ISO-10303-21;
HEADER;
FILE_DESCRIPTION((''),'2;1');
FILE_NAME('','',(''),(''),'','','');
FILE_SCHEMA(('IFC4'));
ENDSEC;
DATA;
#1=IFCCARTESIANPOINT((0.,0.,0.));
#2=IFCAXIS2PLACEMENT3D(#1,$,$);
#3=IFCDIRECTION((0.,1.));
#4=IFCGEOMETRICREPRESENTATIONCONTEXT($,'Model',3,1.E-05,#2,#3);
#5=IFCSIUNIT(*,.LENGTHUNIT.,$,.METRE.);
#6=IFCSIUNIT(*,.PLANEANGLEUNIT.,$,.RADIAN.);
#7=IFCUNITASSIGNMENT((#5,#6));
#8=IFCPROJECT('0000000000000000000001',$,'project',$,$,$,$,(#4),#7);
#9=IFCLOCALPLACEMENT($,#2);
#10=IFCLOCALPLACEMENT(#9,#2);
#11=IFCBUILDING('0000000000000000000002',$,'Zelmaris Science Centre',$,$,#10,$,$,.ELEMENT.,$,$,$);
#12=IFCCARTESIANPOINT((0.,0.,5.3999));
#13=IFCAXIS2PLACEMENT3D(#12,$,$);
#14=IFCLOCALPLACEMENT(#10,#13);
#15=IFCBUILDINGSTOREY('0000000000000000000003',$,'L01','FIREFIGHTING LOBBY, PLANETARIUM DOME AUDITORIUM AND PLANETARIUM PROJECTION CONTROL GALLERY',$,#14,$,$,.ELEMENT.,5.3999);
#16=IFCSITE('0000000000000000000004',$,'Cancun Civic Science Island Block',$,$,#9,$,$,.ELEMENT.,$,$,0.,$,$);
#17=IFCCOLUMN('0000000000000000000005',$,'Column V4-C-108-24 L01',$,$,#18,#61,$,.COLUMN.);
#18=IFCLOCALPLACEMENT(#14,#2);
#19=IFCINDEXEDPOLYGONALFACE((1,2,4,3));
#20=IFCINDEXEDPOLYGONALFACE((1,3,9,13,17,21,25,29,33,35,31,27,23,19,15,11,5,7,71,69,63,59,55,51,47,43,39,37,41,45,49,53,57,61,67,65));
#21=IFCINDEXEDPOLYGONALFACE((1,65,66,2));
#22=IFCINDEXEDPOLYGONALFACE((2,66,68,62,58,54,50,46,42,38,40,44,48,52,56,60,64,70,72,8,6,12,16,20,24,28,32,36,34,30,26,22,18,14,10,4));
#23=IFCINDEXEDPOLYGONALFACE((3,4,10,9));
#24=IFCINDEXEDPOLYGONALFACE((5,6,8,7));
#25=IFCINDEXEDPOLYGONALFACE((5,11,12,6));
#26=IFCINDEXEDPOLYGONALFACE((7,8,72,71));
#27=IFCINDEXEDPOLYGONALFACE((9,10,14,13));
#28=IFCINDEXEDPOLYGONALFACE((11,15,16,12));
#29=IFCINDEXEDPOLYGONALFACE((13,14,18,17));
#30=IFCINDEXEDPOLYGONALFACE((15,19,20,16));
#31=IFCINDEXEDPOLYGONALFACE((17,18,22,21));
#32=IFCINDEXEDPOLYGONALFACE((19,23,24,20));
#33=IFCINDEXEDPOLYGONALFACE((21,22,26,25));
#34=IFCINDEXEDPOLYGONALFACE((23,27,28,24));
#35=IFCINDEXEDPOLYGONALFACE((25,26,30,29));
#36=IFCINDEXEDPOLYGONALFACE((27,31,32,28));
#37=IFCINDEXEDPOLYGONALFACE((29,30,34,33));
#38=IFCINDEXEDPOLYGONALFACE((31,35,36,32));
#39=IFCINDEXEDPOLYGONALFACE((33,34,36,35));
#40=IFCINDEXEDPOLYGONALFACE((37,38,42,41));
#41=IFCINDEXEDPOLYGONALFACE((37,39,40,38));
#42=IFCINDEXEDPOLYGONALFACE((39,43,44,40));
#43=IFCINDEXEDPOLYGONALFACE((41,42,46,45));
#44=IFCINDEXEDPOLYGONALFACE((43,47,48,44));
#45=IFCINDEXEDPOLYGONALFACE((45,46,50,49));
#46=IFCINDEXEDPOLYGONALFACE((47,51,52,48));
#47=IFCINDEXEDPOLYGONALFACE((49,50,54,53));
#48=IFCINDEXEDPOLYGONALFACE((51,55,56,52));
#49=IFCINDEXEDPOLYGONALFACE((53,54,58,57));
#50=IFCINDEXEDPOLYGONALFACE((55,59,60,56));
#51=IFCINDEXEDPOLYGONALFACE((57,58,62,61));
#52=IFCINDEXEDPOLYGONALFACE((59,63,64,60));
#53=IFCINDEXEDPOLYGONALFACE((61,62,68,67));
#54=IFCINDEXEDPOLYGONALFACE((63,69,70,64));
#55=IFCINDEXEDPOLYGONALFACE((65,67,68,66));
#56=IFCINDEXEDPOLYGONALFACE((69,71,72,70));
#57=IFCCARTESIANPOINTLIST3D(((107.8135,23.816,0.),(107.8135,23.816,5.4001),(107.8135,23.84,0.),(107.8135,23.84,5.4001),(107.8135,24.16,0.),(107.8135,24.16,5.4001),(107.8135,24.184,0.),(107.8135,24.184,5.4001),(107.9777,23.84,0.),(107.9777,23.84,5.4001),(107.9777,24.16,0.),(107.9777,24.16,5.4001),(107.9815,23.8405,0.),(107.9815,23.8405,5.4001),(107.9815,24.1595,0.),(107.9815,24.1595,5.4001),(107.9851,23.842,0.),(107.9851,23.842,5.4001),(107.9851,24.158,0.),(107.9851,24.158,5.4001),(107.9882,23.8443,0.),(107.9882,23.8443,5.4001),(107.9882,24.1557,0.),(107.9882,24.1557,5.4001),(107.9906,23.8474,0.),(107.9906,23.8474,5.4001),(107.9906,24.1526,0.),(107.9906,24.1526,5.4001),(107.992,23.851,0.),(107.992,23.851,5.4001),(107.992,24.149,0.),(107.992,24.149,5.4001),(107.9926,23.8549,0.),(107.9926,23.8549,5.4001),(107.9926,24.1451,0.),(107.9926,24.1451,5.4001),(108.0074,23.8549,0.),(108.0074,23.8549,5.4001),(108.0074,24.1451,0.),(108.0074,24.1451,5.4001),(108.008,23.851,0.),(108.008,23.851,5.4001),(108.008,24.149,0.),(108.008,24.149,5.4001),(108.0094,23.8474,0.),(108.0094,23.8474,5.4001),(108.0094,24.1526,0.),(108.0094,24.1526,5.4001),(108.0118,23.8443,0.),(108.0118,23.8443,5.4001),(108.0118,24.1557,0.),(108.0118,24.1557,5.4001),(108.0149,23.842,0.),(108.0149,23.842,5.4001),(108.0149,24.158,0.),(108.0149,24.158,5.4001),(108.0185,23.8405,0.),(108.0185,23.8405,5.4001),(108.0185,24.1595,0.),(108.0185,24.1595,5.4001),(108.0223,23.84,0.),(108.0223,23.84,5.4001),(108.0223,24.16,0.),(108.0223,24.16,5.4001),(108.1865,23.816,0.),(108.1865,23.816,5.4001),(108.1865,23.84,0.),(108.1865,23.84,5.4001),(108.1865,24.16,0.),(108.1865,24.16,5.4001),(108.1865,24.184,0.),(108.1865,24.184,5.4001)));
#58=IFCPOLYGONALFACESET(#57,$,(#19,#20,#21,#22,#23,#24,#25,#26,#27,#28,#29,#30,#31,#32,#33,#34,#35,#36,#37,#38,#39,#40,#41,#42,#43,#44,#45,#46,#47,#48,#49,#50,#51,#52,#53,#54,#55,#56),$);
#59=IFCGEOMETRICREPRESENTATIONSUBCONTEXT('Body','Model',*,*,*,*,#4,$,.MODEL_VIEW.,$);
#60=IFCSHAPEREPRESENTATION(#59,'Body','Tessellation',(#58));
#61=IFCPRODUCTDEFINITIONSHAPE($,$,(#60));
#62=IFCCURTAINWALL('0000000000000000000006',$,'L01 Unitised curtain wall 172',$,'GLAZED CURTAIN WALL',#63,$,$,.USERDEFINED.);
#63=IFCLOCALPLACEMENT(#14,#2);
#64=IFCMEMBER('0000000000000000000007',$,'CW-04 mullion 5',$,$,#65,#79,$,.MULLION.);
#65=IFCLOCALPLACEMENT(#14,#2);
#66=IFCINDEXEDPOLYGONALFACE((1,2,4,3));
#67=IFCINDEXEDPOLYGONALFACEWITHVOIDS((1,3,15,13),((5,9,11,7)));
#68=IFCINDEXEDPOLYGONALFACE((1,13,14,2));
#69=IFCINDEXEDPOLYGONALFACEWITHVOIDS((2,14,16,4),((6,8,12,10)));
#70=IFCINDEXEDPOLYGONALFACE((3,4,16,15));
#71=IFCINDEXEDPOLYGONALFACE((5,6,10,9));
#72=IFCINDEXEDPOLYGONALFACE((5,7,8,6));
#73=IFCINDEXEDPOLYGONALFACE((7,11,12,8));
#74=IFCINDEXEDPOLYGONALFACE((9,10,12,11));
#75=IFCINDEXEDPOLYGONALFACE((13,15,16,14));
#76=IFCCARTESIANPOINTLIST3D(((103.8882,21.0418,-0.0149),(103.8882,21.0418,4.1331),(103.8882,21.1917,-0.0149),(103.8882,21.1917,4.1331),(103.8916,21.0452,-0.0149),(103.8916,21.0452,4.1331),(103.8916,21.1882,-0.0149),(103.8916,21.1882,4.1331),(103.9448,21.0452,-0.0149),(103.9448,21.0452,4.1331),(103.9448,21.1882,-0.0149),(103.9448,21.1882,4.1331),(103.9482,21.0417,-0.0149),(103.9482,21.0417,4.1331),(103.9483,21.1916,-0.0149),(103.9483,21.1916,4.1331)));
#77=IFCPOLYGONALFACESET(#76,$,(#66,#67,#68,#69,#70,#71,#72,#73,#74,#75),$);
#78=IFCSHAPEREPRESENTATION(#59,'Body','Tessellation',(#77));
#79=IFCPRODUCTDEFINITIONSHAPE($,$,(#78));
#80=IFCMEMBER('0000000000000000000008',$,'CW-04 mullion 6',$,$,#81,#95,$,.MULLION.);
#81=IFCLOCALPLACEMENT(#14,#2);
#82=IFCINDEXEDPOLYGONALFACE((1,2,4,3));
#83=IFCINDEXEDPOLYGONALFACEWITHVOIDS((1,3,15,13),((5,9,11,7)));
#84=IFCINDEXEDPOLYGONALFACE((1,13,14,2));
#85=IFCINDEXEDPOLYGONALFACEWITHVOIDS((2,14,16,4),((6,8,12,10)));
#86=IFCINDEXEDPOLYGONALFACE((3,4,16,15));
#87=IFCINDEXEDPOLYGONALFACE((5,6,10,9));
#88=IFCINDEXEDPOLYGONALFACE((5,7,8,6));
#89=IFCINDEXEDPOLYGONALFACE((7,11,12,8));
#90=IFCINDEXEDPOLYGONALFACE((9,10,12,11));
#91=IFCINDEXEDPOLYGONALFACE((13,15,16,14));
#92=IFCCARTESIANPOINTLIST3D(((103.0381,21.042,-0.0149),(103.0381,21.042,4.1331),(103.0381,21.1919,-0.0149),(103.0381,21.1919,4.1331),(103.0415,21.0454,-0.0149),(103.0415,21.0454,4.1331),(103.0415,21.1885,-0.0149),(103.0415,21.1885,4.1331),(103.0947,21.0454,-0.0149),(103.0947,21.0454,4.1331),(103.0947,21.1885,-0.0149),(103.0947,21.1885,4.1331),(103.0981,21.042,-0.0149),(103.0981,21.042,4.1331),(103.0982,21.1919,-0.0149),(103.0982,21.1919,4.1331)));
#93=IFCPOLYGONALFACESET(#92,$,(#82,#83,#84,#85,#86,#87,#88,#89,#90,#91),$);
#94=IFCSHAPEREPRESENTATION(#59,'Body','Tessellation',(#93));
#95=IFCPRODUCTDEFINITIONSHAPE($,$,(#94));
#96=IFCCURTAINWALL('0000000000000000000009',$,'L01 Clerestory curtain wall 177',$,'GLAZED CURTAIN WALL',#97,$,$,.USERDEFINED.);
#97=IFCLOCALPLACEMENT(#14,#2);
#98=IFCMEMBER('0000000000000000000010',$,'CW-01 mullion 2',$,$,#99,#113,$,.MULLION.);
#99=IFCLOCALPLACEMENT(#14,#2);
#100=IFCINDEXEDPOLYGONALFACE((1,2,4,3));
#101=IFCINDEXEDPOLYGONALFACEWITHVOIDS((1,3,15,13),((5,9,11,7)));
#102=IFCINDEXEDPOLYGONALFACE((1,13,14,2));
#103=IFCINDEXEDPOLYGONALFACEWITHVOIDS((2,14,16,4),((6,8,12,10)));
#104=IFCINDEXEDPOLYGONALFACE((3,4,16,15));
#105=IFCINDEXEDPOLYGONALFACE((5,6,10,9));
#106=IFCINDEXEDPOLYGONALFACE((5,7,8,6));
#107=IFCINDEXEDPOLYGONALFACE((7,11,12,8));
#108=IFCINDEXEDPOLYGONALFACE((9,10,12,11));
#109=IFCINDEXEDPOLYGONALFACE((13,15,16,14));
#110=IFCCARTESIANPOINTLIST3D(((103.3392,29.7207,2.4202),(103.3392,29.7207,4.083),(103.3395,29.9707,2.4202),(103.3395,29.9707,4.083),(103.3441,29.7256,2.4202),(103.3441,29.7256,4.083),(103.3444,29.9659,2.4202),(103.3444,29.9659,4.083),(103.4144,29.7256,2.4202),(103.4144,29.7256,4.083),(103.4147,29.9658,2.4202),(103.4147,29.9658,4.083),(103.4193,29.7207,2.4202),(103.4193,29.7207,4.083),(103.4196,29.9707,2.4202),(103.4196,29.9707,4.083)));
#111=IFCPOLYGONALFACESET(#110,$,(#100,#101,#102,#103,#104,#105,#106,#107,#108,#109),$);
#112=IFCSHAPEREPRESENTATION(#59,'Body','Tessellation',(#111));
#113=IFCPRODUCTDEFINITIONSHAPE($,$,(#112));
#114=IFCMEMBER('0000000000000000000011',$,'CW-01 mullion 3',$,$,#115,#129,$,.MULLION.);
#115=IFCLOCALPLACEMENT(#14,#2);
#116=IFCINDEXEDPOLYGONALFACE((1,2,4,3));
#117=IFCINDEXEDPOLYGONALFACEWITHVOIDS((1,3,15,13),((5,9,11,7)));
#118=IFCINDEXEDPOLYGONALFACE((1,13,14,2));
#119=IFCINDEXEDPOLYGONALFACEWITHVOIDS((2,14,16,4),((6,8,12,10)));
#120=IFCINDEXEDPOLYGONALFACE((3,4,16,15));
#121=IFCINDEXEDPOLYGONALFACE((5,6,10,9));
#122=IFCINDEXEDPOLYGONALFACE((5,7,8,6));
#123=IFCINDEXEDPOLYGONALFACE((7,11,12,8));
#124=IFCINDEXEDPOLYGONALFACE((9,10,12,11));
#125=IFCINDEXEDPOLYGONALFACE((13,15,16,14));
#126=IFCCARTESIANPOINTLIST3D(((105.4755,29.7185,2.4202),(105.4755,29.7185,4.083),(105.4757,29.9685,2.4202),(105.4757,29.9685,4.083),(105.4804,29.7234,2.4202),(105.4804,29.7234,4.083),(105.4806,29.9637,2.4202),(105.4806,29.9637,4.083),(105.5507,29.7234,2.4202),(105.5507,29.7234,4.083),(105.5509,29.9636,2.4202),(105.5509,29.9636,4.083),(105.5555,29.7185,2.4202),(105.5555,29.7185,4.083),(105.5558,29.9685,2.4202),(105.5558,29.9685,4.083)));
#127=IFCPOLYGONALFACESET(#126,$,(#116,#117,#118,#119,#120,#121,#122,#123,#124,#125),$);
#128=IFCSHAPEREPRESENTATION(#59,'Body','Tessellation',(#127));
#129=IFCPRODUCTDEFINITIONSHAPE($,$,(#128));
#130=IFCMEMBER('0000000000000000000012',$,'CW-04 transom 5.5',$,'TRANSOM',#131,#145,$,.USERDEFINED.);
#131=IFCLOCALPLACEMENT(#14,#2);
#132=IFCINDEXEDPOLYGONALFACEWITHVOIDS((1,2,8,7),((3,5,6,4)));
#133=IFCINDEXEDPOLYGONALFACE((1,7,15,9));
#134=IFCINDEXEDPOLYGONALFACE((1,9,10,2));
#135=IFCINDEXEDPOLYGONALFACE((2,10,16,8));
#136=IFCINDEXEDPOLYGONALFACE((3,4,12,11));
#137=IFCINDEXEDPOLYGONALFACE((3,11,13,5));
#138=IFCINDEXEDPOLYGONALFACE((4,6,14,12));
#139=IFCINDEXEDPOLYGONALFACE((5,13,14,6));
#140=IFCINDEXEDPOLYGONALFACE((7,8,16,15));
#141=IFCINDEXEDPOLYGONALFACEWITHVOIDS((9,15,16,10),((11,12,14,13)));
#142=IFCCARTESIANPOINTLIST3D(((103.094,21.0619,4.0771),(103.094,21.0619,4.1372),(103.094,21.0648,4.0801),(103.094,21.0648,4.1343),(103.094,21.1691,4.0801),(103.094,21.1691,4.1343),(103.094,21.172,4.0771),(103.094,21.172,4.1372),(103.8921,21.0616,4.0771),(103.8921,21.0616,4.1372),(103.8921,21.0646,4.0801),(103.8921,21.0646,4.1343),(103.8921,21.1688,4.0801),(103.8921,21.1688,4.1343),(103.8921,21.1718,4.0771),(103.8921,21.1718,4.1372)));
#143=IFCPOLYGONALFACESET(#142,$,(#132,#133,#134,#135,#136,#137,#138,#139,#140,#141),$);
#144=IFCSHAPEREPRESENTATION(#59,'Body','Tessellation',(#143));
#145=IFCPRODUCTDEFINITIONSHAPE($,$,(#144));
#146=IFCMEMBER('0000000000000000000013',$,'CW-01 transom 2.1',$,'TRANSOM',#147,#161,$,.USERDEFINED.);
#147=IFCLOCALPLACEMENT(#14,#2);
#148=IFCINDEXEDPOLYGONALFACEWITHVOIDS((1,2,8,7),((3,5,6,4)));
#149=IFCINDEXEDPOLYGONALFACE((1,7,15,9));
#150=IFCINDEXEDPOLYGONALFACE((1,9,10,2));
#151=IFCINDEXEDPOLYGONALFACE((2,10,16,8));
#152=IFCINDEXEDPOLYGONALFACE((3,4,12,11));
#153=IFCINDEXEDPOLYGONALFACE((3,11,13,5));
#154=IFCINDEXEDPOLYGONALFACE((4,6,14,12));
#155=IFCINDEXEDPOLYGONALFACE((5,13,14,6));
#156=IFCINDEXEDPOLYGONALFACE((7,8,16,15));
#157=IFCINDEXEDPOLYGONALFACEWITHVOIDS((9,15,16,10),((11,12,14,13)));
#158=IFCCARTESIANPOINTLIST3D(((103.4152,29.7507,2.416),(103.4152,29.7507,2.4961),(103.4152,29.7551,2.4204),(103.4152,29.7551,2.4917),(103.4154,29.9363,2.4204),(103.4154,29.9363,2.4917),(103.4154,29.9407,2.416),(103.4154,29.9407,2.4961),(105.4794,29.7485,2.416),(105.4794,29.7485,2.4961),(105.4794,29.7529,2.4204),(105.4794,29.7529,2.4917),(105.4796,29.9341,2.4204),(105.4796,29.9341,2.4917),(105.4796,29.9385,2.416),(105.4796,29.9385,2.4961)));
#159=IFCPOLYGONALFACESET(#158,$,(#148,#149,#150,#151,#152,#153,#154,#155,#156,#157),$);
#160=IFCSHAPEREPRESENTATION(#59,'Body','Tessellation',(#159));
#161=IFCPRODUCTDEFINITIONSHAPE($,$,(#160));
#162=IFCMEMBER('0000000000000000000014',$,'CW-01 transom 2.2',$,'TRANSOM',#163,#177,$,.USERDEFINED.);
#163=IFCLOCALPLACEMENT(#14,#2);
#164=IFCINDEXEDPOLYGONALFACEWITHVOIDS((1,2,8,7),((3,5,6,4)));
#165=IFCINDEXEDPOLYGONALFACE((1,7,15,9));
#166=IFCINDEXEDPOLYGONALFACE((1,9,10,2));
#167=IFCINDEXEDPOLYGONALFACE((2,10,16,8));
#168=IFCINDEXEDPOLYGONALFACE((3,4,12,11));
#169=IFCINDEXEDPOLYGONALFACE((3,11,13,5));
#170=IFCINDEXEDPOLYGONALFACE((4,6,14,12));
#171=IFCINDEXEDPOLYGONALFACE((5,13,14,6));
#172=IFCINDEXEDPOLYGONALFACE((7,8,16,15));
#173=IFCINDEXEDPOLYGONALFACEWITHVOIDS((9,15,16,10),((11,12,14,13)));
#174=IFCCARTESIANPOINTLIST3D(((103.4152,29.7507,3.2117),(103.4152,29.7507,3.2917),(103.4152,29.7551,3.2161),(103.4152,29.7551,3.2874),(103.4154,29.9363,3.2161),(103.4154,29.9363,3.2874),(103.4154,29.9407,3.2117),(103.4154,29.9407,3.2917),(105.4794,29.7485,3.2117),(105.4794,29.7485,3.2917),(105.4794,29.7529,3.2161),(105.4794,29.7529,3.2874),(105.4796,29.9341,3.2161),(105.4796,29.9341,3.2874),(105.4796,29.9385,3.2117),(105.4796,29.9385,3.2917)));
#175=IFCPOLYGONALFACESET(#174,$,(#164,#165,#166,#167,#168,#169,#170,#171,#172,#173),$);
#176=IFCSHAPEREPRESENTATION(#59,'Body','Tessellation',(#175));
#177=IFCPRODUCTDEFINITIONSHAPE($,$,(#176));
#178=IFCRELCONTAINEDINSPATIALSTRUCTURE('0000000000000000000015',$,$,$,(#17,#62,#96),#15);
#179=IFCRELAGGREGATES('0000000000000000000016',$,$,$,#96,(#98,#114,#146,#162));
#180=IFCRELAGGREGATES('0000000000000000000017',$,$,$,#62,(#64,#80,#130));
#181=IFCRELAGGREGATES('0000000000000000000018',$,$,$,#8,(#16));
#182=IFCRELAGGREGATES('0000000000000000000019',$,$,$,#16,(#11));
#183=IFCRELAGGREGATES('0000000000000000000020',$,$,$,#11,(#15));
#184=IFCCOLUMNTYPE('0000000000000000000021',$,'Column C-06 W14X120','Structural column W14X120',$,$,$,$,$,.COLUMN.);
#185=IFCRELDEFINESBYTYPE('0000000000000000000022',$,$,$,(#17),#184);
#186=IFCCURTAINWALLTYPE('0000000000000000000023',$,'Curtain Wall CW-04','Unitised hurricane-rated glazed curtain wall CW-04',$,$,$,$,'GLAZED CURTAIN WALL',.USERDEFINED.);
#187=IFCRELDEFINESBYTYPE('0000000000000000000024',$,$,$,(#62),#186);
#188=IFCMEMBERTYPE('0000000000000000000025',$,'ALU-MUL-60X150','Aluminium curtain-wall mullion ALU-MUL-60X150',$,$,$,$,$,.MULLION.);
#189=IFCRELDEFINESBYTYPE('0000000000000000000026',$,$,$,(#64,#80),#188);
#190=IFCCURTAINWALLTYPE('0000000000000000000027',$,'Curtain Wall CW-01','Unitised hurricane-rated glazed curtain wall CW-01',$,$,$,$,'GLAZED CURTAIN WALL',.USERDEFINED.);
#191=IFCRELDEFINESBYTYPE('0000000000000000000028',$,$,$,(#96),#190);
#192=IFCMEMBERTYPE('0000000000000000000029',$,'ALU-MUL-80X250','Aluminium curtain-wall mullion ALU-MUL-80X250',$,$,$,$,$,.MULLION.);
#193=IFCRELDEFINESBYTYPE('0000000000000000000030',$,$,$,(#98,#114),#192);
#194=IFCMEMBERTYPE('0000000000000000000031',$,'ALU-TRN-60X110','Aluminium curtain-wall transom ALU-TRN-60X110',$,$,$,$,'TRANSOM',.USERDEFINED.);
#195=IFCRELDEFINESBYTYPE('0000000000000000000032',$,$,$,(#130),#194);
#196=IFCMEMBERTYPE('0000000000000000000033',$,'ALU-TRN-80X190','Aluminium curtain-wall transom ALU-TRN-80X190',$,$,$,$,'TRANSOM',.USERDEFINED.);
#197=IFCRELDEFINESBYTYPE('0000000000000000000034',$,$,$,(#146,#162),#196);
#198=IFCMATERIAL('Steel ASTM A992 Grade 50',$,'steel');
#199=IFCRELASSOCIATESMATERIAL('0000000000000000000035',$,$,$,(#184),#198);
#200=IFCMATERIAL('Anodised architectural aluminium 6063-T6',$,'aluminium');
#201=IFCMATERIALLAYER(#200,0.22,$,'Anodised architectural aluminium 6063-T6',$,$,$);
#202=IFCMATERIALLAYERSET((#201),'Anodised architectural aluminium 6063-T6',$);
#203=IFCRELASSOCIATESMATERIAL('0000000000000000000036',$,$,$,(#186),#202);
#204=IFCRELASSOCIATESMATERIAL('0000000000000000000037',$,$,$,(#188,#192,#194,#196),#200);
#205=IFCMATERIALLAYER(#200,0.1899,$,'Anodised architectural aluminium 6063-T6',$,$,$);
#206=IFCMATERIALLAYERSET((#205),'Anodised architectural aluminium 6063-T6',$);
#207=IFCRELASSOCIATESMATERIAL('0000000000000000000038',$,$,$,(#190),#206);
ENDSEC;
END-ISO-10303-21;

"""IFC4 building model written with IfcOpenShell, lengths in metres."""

from ifc_helpers import new_model, si_unit, direction, frame, origin, origin_2d, place, context, subcontext, project, spatial, hollow_rectangle, i_section, extrude, material, layer, layer_set, material_profile, profile_set, type_object, element, aggregate, save


model = new_model("IFC4")

# Units and contexts
model_context = context("Model", 3, precision=1e-05, world=origin(), true_north=direction((0.0, 1.0)))
body_context = subcontext(model_context, "Body", "Model", "MODEL_VIEW")
ifc_project = project(units=[si_unit("LENGTHUNIT", "METRE"), si_unit("PLANEANGLEUNIT", "RADIAN")], contexts=[model_context])

# Site, building, storey
site_placement = place(None, origin())
site = spatial("IfcSite", under=ifc_project, at=site_placement, Name="Cancun Civic Science Island Block", CompositionType="ELEMENT", RefElevation=0.0)
building_placement = place(site_placement, origin())
building = spatial("IfcBuilding", under=site, at=building_placement, Name="Zelmaris Science Centre", CompositionType="ELEMENT")
storey_placement = place(building_placement, frame((0.0, 0.0, 5.3999)))
storey = spatial("IfcBuildingStorey", under=building, at=storey_placement, Name="L01", Description="FIREFIGHTING LOBBY, PLANETARIUM DOME AUDITORIUM AND PLANETARIUM PROJECTION CONTROL GALLERY", CompositionType="ELEMENT", Elevation=5.3999)

# Column
ifc_material_1 = material(Name="Steel ASTM A992 Grade 50", Category="steel")
ifc_material_profile_1 = material_profile(ifc_material_1, i_section(OverallWidth=0.373, OverallDepth=0.3679, WebThickness=0.0149, FlangeThickness=0.0239, FilletRadius=0.0149, at=origin_2d()), Name="W14X120")
ifc_profile_set_1 = profile_set([ifc_material_profile_1], Name="Steel ASTM A992 Grade 50")
column_type = type_object("IfcColumnType", Name="Column C-06 W14X120", Description="Structural column W14X120", PredefinedType="COLUMN", material=ifc_profile_set_1)
column_placement = place(storey_placement, frame((108.0, 24.0, 0.0), z_axis=(0.0, 0.0, 1.0), x_axis=(1.0, 0.0, 0.0)))
element("IfcColumn", 1, at=column_placement, inside=storey, type_object=column_type, Name="Column V4-C-108-24 L01", PredefinedType="COLUMN", context=body_context, shape_type="SweptSolid", body=[
    extrude(i_section(OverallWidth=0.373, OverallDepth=0.3679, WebThickness=0.0149, FlangeThickness=0.0239, FilletRadius=0.0149, at=origin_2d()), origin(), (0.0, 0.0, 1.0), 5.4001),
])

# Curtain walls, members
ifc_material_2 = material(Name="Anodised architectural aluminium 6063-T6", Category="aluminium")
ifc_layer_1 = layer(ifc_material_2, 0.22, Name="Anodised architectural aluminium 6063-T6")
ifc_layer_set_1 = layer_set([ifc_layer_1], Name="Anodised architectural aluminium 6063-T6")
curtain_wall_type_1 = type_object("IfcCurtainWallType", Name="Curtain Wall CW-04", Description="Unitised hurricane-rated glazed curtain wall CW-04", ElementType="GLAZED CURTAIN WALL", PredefinedType="USERDEFINED", material=ifc_layer_set_1)
curtain_wall_1_placement = place(storey_placement, origin())
curtain_wall_1 = element("IfcCurtainWall", 2, at=curtain_wall_1_placement, inside=storey, type_object=curtain_wall_type_1, Name="L01 Unitised curtain wall 172", ObjectType="GLAZED CURTAIN WALL", PredefinedType="USERDEFINED")
ifc_material_profile_2 = material_profile(ifc_material_2, hollow_rectangle(XDim=0.0601, YDim=0.1499, WallThickness=0.0034, at=origin_2d()), Name="ALU-MUL-60X150")
ifc_profile_set_2 = profile_set([ifc_material_profile_2], Name="Anodised architectural aluminium 6063-T6")
member_type_1 = type_object("IfcMemberType", Name="ALU-MUL-60X150", Description="Aluminium curtain-wall mullion ALU-MUL-60X150", PredefinedType="MULLION", material=ifc_profile_set_2)
member_1_placement = place(storey_placement, frame((103.9182, 21.1167, -0.0149), z_axis=(0.0, 0.0, 1.0), x_axis=(-1.0, 0.000321, 0.0)))
member_1 = element("IfcMember", 3, at=member_1_placement, type_object=member_type_1, Name="CW-04 mullion 5", PredefinedType="MULLION", context=body_context, shape_type="SweptSolid", body=[
    extrude(hollow_rectangle(XDim=0.0601, YDim=0.1499, WallThickness=0.0034, at=origin_2d()), origin(), (0.0, 0.0, 1.0), 4.1479),
])
member_2_placement = place(storey_placement, frame((103.0681, 21.1169, -0.0149), z_axis=(0.0, 0.0, 1.0), x_axis=(-1.0, 0.000321, 0.0)))
member_2 = element("IfcMember", 4, at=member_2_placement, type_object=member_type_1, Name="CW-04 mullion 6", PredefinedType="MULLION", context=body_context, shape_type="SweptSolid", body=[
    extrude(hollow_rectangle(XDim=0.0601, YDim=0.1499, WallThickness=0.0034, at=origin_2d()), origin(), (0.0, 0.0, 1.0), 4.1479),
])
ifc_layer_2 = layer(ifc_material_2, 0.1899, Name="Anodised architectural aluminium 6063-T6")
ifc_layer_set_2 = layer_set([ifc_layer_2], Name="Anodised architectural aluminium 6063-T6")
curtain_wall_type_2 = type_object("IfcCurtainWallType", Name="Curtain Wall CW-01", Description="Unitised hurricane-rated glazed curtain wall CW-01", ElementType="GLAZED CURTAIN WALL", PredefinedType="USERDEFINED", material=ifc_layer_set_2)
curtain_wall_2_placement = place(storey_placement, origin())
curtain_wall_2 = element("IfcCurtainWall", 5, at=curtain_wall_2_placement, inside=storey, type_object=curtain_wall_type_2, Name="L01 Clerestory curtain wall 177", ObjectType="GLAZED CURTAIN WALL", PredefinedType="USERDEFINED")
ifc_material_profile_3 = material_profile(ifc_material_2, hollow_rectangle(XDim=0.0801, YDim=0.25, WallThickness=0.0049, at=origin_2d()), Name="ALU-MUL-80X250")
ifc_profile_set_3 = profile_set([ifc_material_profile_3], Name="Anodised architectural aluminium 6063-T6")
member_type_2 = type_object("IfcMemberType", Name="ALU-MUL-80X250", Description="Aluminium curtain-wall mullion ALU-MUL-80X250", PredefinedType="MULLION", material=ifc_profile_set_3)
member_3_placement = place(storey_placement, frame((103.3794, 29.8457, 2.4202), z_axis=(0.0, 0.0, 1.0), x_axis=(1.0, -0.000986, 0.0)))
member_3 = element("IfcMember", 6, at=member_3_placement, type_object=member_type_2, Name="CW-01 mullion 2", PredefinedType="MULLION", context=body_context, shape_type="SweptSolid", body=[
    extrude(hollow_rectangle(XDim=0.0801, YDim=0.25, WallThickness=0.0049, at=origin_2d()), origin(), (0.0, 0.0, 1.0), 1.6628),
])
member_4_placement = place(storey_placement, frame((105.5156, 29.8435, 2.4202), z_axis=(0.0, 0.0, 1.0), x_axis=(1.0, -0.000986, 0.0)))
member_4 = element("IfcMember", 7, at=member_4_placement, type_object=member_type_2, Name="CW-01 mullion 3", PredefinedType="MULLION", context=body_context, shape_type="SweptSolid", body=[
    extrude(hollow_rectangle(XDim=0.0801, YDim=0.25, WallThickness=0.0049, at=origin_2d()), origin(), (0.0, 0.0, 1.0), 1.6628),
])

# Members
ifc_material_profile_4 = material_profile(ifc_material_2, hollow_rectangle(XDim=0.0601, YDim=0.1101, WallThickness=0.0029, at=origin_2d()), Name="ALU-TRN-60X110")
ifc_profile_set_4 = profile_set([ifc_material_profile_4], Name="Anodised architectural aluminium 6063-T6")
member_type_3 = type_object("IfcMemberType", Name="ALU-TRN-60X110", Description="Aluminium curtain-wall transom ALU-TRN-60X110", ElementType="TRANSOM", PredefinedType="USERDEFINED", material=ifc_profile_set_4)
member_5_placement = place(storey_placement, frame((103.8921, 21.1167, 4.1072), z_axis=(-1.0, 0.000306, 0.0), x_axis=(0.0, 0.0, 1.0)))
member_5 = element("IfcMember", 8, at=member_5_placement, type_object=member_type_3, Name="CW-04 transom 5.5", ObjectType="TRANSOM", PredefinedType="USERDEFINED", context=body_context, shape_type="SweptSolid", body=[
    extrude(hollow_rectangle(XDim=0.0601, YDim=0.1101, WallThickness=0.0029, at=origin_2d()), origin(), (0.0, 0.0, 1.0), 0.7981),
])
ifc_material_profile_5 = material_profile(ifc_material_2, hollow_rectangle(XDim=0.0801, YDim=0.1899, WallThickness=0.0044, at=origin_2d()), Name="ALU-TRN-80X190")
ifc_profile_set_5 = profile_set([ifc_material_profile_5], Name="Anodised architectural aluminium 6063-T6")
member_type_4 = type_object("IfcMemberType", Name="ALU-TRN-80X190", Description="Aluminium curtain-wall transom ALU-TRN-80X190", ElementType="TRANSOM", PredefinedType="USERDEFINED", material=ifc_profile_set_5)
member_6_placement = place(storey_placement, frame((103.4153, 29.8457, 2.4561), z_axis=(0.999999, -0.001064, 0.0), x_axis=(0.0, 0.0, 1.0)))
member_6 = element("IfcMember", 9, at=member_6_placement, type_object=member_type_4, Name="CW-01 transom 2.1", ObjectType="TRANSOM", PredefinedType="USERDEFINED", context=body_context, shape_type="SweptSolid", body=[
    extrude(hollow_rectangle(XDim=0.0801, YDim=0.1899, WallThickness=0.0044, at=origin_2d()), origin(), (0.0, 0.0, 1.0), 2.0642),
])
member_7_placement = place(storey_placement, frame((103.4153, 29.8457, 3.2517), z_axis=(0.999999, -0.001064, 0.0), x_axis=(0.0, 0.0, 1.0)))
member_7 = element("IfcMember", 10, at=member_7_placement, type_object=member_type_4, Name="CW-01 transom 2.2", ObjectType="TRANSOM", PredefinedType="USERDEFINED", context=body_context, shape_type="SweptSolid", body=[
    extrude(hollow_rectangle(XDim=0.0801, YDim=0.1899, WallThickness=0.0044, at=origin_2d()), origin(), (0.0, 0.0, 1.0), 2.0642),
])

aggregate(curtain_wall_2, [member_3, member_4, member_6, member_7])
aggregate(curtain_wall_1, [member_1, member_2, member_5])

save(model, "model.ifc")
